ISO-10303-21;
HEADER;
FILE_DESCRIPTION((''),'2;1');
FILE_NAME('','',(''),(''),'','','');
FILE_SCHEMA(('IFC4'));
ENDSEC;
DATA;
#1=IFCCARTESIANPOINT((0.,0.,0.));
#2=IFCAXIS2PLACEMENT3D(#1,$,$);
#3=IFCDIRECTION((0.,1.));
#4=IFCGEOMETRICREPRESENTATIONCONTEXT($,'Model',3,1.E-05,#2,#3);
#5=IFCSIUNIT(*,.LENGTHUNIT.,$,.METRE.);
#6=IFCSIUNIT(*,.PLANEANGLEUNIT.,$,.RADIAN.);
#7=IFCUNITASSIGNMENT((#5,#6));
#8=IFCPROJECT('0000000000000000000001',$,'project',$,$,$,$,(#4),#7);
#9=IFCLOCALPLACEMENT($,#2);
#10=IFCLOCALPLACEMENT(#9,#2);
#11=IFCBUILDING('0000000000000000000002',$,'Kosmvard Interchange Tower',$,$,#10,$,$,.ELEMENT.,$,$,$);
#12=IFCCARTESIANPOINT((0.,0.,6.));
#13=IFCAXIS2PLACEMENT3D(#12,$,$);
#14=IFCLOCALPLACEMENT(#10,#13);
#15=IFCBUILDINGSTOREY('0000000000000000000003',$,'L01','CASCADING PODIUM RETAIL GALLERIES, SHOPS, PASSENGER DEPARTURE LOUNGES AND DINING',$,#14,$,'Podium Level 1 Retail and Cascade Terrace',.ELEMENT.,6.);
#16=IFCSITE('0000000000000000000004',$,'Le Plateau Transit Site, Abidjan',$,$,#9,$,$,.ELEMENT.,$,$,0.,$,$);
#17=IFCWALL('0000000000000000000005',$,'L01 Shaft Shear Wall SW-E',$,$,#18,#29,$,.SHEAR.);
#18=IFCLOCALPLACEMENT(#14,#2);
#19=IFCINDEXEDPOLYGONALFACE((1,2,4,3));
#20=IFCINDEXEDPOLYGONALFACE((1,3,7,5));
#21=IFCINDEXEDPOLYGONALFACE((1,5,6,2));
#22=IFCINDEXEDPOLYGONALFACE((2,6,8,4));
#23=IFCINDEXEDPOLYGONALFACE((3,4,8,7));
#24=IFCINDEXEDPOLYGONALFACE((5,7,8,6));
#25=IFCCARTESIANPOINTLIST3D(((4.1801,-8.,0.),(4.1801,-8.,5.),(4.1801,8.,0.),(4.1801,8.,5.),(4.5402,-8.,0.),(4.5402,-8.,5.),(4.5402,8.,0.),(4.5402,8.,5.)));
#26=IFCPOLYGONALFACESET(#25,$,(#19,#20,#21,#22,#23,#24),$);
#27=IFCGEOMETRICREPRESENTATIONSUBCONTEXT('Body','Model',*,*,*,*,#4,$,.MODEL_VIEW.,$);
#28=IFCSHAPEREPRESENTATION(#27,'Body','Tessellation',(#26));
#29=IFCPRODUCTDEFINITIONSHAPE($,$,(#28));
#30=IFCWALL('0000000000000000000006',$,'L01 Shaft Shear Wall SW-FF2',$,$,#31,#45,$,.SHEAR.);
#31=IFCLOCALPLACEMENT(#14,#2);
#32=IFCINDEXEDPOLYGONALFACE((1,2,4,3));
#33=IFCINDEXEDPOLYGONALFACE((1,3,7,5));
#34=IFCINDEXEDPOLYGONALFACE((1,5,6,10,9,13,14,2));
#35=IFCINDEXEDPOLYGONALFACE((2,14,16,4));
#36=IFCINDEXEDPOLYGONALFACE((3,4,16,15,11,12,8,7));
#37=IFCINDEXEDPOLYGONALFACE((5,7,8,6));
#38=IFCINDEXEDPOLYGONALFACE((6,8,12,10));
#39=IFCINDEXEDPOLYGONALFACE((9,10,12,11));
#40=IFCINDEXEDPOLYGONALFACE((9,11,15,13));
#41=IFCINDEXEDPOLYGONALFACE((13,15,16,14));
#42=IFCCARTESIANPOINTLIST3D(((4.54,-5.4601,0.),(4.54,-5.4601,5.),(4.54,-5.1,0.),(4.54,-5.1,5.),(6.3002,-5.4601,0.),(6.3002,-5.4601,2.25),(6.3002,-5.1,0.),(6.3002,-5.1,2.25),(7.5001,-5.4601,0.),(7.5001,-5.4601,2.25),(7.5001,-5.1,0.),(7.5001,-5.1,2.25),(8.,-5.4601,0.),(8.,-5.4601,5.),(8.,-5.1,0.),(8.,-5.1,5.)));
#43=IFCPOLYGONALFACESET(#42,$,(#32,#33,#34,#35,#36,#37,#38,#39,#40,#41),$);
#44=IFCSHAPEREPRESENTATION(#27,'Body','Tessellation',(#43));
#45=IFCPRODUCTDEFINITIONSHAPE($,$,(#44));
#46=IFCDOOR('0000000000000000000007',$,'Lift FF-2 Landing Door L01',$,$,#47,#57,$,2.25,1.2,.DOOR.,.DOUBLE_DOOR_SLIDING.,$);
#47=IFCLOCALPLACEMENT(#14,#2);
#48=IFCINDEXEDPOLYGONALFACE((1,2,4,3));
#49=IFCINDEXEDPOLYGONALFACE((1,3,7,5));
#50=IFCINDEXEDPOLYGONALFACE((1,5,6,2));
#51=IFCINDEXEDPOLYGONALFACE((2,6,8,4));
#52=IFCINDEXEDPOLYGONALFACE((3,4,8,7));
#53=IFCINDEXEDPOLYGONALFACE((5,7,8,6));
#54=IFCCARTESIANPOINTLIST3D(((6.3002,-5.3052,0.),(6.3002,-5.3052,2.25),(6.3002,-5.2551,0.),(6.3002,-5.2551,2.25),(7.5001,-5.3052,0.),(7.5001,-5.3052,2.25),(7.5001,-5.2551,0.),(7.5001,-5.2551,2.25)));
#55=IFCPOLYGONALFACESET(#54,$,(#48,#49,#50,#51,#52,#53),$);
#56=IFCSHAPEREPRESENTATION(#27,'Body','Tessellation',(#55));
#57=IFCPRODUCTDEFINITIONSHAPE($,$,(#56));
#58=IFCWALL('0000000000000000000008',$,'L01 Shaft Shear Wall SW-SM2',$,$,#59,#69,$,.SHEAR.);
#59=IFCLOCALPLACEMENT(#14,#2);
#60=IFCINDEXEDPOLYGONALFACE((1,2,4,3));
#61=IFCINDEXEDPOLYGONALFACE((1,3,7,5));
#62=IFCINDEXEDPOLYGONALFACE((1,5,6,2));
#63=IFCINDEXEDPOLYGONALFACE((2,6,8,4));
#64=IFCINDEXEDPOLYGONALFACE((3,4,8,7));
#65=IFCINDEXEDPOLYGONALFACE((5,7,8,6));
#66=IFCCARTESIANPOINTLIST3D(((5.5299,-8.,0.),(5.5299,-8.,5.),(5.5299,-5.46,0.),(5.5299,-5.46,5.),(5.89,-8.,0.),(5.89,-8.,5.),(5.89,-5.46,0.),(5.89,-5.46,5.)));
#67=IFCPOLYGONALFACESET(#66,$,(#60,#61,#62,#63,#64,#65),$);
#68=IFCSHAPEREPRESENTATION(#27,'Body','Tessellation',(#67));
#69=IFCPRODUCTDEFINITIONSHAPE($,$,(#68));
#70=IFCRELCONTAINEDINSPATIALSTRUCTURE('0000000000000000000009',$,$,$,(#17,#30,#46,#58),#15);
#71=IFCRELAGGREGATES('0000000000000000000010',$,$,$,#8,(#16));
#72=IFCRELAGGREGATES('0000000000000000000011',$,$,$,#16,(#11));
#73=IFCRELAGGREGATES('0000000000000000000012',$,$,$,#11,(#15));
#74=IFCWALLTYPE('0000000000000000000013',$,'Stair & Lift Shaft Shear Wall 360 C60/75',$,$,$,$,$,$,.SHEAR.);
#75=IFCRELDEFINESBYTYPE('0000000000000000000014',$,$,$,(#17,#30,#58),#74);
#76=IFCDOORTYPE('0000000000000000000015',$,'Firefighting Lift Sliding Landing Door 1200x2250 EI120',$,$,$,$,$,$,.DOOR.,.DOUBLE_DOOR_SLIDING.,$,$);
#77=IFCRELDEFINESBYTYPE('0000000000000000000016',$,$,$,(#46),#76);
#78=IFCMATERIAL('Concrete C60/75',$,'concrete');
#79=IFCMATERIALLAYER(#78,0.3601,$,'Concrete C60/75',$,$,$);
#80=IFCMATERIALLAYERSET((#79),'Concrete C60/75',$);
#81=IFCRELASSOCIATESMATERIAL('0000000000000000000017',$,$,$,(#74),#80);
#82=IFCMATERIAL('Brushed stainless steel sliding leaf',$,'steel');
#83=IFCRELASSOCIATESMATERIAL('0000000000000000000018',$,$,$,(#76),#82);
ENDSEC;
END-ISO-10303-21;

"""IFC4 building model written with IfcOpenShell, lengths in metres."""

from ifc_helpers import new_model, si_unit, direction, frame, frame_2d, origin, place, context, subcontext, project, spatial, rectangle, extrude, source, transform, mapped, material, layer, layer_set, type_object, element, fill, save


model = new_model("IFC4")

# Units and contexts
model_context = context("Model", 3, precision=1e-05, world=origin(), true_north=direction((0.0, 1.0)))
body_context = subcontext(model_context, "Body", "Model", "MODEL_VIEW")
ifc_project = project(units=[si_unit("LENGTHUNIT", "METRE"), si_unit("PLANEANGLEUNIT", "RADIAN")], contexts=[model_context])

# Site, building, storey
site_placement = place(None, origin())
site = spatial("IfcSite", under=ifc_project, at=site_placement, Name="Le Plateau Transit Site, Abidjan", CompositionType="ELEMENT", RefElevation=0.0)
building_placement = place(site_placement, origin())
building = spatial("IfcBuilding", under=site, at=building_placement, Name="Kosmvard Interchange Tower", CompositionType="ELEMENT")
storey_placement = place(building_placement, frame((0.0, 0.0, 6.0)))
storey = spatial("IfcBuildingStorey", under=building, at=storey_placement, Name="L01", Description="CASCADING PODIUM RETAIL GALLERIES, SHOPS, PASSENGER DEPARTURE LOUNGES AND DINING", LongName="Podium Level 1 Retail and Cascade Terrace", CompositionType="ELEMENT", Elevation=6.0)

# Shared definitions
ifc_material_1 = material(Name="Brushed stainless steel sliding leaf", Category="steel")

# Wall
ifc_material_2 = material(Name="Concrete C60/75", Category="concrete")
ifc_layer_1 = layer(ifc_material_2, 0.3601, Name="Concrete C60/75")
ifc_layer_set_1 = layer_set([ifc_layer_1], Name="Concrete C60/75")
wall_type_1 = type_object("IfcWallType", Name="Stair & Lift Shaft Shear Wall 360 C60/75", PredefinedType="SHEAR", material=ifc_layer_set_1)
wall_1_placement = place(storey_placement, frame((4.3601, -8.0, 0.0), z_axis=(0.0, 0.0, 1.0), x_axis=(0.0, 1.0, 0.0)))
element("IfcWall", 1, at=wall_1_placement, inside=storey, type_object=wall_type_1, Name="L01 Shaft Shear Wall SW-E", PredefinedType="SHEAR", context=body_context, shape_type="SweptSolid", body=[
    extrude(rectangle(XDim=16.0, YDim=0.3601, at=frame_2d((8.0, 0.0))), origin(), (0.0, 0.0, 1.0), 5.0),
])

# Wall, opening, door
wall_2_placement = place(storey_placement, frame((4.54, -5.28, 0.0), z_axis=(0.0, 0.0, 1.0), x_axis=(1.0, 0.0, 0.0)))
wall_2 = element("IfcWall", 2, at=wall_2_placement, inside=storey, type_object=wall_type_1, Name="L01 Shaft Shear Wall SW-FF2", PredefinedType="SHEAR", context=body_context, shape_type="SweptSolid", body=[
    extrude(rectangle(XDim=3.46, YDim=0.3601, at=frame_2d((1.73, 0.0))), origin(), (0.0, 0.0, 1.0), 5.0),
])
opening_1_placement = place(wall_2_placement, frame((1.76, 0.0, 0.0)))
opening_1 = element("IfcOpeningElement", 3, at=opening_1_placement, cuts=wall_2, PredefinedType="OPENING", context=body_context, shape_type="SweptSolid", body=[
    extrude(rectangle(XDim=1.2, YDim=2.25, at=frame_2d((0.6001, 1.125))), frame((0.0, 0.1899, 0.0), z_axis=(0.0, -1.0, 0.0), x_axis=(1.0, 0.0, 0.0)), (0.0, 0.0, 1.0), 0.3801),
])
door_type_1 = type_object("IfcDoorType", Name="Firefighting Lift Sliding Landing Door 1200x2250 EI120", OperationType="DOUBLE_DOOR_SLIDING", PredefinedType="DOOR", material=ifc_material_1)
shared_shape_1 = source(origin(), body_context, "Body", "SweptSolid", [
    extrude(rectangle(XDim=1.2, YDim=2.25, at=frame_2d((0.6001, 1.125))), frame((0.0, 0.0249, 0.0), z_axis=(0.0, -1.0, 0.0), x_axis=(1.0, 0.0, 0.0)), (0.0, 0.0, 1.0), 0.05),
])
door_1_placement = place(opening_1_placement, origin())
door_1 = element("IfcDoor", 4, at=door_1_placement, inside=storey, type_object=door_type_1, Name="Lift FF-2 Landing Door L01", OperationType="DOUBLE_DOOR_SLIDING", OverallHeight=2.25, OverallWidth=1.2, PredefinedType="DOOR", context=body_context, shape_type="MappedRepresentation", body=[
    mapped(shared_shape_1, transform((0.0, 0.0, 0.0), scale=1.0)),
])
fill(opening_1, door_1)

# Wall
wall_3_placement = place(storey_placement, frame((5.71, -8.0, 0.0), z_axis=(0.0, 0.0, 1.0), x_axis=(0.0, 1.0, 0.0)))
element("IfcWall", 5, at=wall_3_placement, inside=storey, type_object=wall_type_1, Name="L01 Shaft Shear Wall SW-SM2", PredefinedType="SHEAR", context=body_context, shape_type="SweptSolid", body=[
    extrude(rectangle(XDim=2.54, YDim=0.3601, at=frame_2d((1.27, 0.0))), origin(), (0.0, 0.0, 1.0), 5.0),
])

save(model, "model.ifc")
